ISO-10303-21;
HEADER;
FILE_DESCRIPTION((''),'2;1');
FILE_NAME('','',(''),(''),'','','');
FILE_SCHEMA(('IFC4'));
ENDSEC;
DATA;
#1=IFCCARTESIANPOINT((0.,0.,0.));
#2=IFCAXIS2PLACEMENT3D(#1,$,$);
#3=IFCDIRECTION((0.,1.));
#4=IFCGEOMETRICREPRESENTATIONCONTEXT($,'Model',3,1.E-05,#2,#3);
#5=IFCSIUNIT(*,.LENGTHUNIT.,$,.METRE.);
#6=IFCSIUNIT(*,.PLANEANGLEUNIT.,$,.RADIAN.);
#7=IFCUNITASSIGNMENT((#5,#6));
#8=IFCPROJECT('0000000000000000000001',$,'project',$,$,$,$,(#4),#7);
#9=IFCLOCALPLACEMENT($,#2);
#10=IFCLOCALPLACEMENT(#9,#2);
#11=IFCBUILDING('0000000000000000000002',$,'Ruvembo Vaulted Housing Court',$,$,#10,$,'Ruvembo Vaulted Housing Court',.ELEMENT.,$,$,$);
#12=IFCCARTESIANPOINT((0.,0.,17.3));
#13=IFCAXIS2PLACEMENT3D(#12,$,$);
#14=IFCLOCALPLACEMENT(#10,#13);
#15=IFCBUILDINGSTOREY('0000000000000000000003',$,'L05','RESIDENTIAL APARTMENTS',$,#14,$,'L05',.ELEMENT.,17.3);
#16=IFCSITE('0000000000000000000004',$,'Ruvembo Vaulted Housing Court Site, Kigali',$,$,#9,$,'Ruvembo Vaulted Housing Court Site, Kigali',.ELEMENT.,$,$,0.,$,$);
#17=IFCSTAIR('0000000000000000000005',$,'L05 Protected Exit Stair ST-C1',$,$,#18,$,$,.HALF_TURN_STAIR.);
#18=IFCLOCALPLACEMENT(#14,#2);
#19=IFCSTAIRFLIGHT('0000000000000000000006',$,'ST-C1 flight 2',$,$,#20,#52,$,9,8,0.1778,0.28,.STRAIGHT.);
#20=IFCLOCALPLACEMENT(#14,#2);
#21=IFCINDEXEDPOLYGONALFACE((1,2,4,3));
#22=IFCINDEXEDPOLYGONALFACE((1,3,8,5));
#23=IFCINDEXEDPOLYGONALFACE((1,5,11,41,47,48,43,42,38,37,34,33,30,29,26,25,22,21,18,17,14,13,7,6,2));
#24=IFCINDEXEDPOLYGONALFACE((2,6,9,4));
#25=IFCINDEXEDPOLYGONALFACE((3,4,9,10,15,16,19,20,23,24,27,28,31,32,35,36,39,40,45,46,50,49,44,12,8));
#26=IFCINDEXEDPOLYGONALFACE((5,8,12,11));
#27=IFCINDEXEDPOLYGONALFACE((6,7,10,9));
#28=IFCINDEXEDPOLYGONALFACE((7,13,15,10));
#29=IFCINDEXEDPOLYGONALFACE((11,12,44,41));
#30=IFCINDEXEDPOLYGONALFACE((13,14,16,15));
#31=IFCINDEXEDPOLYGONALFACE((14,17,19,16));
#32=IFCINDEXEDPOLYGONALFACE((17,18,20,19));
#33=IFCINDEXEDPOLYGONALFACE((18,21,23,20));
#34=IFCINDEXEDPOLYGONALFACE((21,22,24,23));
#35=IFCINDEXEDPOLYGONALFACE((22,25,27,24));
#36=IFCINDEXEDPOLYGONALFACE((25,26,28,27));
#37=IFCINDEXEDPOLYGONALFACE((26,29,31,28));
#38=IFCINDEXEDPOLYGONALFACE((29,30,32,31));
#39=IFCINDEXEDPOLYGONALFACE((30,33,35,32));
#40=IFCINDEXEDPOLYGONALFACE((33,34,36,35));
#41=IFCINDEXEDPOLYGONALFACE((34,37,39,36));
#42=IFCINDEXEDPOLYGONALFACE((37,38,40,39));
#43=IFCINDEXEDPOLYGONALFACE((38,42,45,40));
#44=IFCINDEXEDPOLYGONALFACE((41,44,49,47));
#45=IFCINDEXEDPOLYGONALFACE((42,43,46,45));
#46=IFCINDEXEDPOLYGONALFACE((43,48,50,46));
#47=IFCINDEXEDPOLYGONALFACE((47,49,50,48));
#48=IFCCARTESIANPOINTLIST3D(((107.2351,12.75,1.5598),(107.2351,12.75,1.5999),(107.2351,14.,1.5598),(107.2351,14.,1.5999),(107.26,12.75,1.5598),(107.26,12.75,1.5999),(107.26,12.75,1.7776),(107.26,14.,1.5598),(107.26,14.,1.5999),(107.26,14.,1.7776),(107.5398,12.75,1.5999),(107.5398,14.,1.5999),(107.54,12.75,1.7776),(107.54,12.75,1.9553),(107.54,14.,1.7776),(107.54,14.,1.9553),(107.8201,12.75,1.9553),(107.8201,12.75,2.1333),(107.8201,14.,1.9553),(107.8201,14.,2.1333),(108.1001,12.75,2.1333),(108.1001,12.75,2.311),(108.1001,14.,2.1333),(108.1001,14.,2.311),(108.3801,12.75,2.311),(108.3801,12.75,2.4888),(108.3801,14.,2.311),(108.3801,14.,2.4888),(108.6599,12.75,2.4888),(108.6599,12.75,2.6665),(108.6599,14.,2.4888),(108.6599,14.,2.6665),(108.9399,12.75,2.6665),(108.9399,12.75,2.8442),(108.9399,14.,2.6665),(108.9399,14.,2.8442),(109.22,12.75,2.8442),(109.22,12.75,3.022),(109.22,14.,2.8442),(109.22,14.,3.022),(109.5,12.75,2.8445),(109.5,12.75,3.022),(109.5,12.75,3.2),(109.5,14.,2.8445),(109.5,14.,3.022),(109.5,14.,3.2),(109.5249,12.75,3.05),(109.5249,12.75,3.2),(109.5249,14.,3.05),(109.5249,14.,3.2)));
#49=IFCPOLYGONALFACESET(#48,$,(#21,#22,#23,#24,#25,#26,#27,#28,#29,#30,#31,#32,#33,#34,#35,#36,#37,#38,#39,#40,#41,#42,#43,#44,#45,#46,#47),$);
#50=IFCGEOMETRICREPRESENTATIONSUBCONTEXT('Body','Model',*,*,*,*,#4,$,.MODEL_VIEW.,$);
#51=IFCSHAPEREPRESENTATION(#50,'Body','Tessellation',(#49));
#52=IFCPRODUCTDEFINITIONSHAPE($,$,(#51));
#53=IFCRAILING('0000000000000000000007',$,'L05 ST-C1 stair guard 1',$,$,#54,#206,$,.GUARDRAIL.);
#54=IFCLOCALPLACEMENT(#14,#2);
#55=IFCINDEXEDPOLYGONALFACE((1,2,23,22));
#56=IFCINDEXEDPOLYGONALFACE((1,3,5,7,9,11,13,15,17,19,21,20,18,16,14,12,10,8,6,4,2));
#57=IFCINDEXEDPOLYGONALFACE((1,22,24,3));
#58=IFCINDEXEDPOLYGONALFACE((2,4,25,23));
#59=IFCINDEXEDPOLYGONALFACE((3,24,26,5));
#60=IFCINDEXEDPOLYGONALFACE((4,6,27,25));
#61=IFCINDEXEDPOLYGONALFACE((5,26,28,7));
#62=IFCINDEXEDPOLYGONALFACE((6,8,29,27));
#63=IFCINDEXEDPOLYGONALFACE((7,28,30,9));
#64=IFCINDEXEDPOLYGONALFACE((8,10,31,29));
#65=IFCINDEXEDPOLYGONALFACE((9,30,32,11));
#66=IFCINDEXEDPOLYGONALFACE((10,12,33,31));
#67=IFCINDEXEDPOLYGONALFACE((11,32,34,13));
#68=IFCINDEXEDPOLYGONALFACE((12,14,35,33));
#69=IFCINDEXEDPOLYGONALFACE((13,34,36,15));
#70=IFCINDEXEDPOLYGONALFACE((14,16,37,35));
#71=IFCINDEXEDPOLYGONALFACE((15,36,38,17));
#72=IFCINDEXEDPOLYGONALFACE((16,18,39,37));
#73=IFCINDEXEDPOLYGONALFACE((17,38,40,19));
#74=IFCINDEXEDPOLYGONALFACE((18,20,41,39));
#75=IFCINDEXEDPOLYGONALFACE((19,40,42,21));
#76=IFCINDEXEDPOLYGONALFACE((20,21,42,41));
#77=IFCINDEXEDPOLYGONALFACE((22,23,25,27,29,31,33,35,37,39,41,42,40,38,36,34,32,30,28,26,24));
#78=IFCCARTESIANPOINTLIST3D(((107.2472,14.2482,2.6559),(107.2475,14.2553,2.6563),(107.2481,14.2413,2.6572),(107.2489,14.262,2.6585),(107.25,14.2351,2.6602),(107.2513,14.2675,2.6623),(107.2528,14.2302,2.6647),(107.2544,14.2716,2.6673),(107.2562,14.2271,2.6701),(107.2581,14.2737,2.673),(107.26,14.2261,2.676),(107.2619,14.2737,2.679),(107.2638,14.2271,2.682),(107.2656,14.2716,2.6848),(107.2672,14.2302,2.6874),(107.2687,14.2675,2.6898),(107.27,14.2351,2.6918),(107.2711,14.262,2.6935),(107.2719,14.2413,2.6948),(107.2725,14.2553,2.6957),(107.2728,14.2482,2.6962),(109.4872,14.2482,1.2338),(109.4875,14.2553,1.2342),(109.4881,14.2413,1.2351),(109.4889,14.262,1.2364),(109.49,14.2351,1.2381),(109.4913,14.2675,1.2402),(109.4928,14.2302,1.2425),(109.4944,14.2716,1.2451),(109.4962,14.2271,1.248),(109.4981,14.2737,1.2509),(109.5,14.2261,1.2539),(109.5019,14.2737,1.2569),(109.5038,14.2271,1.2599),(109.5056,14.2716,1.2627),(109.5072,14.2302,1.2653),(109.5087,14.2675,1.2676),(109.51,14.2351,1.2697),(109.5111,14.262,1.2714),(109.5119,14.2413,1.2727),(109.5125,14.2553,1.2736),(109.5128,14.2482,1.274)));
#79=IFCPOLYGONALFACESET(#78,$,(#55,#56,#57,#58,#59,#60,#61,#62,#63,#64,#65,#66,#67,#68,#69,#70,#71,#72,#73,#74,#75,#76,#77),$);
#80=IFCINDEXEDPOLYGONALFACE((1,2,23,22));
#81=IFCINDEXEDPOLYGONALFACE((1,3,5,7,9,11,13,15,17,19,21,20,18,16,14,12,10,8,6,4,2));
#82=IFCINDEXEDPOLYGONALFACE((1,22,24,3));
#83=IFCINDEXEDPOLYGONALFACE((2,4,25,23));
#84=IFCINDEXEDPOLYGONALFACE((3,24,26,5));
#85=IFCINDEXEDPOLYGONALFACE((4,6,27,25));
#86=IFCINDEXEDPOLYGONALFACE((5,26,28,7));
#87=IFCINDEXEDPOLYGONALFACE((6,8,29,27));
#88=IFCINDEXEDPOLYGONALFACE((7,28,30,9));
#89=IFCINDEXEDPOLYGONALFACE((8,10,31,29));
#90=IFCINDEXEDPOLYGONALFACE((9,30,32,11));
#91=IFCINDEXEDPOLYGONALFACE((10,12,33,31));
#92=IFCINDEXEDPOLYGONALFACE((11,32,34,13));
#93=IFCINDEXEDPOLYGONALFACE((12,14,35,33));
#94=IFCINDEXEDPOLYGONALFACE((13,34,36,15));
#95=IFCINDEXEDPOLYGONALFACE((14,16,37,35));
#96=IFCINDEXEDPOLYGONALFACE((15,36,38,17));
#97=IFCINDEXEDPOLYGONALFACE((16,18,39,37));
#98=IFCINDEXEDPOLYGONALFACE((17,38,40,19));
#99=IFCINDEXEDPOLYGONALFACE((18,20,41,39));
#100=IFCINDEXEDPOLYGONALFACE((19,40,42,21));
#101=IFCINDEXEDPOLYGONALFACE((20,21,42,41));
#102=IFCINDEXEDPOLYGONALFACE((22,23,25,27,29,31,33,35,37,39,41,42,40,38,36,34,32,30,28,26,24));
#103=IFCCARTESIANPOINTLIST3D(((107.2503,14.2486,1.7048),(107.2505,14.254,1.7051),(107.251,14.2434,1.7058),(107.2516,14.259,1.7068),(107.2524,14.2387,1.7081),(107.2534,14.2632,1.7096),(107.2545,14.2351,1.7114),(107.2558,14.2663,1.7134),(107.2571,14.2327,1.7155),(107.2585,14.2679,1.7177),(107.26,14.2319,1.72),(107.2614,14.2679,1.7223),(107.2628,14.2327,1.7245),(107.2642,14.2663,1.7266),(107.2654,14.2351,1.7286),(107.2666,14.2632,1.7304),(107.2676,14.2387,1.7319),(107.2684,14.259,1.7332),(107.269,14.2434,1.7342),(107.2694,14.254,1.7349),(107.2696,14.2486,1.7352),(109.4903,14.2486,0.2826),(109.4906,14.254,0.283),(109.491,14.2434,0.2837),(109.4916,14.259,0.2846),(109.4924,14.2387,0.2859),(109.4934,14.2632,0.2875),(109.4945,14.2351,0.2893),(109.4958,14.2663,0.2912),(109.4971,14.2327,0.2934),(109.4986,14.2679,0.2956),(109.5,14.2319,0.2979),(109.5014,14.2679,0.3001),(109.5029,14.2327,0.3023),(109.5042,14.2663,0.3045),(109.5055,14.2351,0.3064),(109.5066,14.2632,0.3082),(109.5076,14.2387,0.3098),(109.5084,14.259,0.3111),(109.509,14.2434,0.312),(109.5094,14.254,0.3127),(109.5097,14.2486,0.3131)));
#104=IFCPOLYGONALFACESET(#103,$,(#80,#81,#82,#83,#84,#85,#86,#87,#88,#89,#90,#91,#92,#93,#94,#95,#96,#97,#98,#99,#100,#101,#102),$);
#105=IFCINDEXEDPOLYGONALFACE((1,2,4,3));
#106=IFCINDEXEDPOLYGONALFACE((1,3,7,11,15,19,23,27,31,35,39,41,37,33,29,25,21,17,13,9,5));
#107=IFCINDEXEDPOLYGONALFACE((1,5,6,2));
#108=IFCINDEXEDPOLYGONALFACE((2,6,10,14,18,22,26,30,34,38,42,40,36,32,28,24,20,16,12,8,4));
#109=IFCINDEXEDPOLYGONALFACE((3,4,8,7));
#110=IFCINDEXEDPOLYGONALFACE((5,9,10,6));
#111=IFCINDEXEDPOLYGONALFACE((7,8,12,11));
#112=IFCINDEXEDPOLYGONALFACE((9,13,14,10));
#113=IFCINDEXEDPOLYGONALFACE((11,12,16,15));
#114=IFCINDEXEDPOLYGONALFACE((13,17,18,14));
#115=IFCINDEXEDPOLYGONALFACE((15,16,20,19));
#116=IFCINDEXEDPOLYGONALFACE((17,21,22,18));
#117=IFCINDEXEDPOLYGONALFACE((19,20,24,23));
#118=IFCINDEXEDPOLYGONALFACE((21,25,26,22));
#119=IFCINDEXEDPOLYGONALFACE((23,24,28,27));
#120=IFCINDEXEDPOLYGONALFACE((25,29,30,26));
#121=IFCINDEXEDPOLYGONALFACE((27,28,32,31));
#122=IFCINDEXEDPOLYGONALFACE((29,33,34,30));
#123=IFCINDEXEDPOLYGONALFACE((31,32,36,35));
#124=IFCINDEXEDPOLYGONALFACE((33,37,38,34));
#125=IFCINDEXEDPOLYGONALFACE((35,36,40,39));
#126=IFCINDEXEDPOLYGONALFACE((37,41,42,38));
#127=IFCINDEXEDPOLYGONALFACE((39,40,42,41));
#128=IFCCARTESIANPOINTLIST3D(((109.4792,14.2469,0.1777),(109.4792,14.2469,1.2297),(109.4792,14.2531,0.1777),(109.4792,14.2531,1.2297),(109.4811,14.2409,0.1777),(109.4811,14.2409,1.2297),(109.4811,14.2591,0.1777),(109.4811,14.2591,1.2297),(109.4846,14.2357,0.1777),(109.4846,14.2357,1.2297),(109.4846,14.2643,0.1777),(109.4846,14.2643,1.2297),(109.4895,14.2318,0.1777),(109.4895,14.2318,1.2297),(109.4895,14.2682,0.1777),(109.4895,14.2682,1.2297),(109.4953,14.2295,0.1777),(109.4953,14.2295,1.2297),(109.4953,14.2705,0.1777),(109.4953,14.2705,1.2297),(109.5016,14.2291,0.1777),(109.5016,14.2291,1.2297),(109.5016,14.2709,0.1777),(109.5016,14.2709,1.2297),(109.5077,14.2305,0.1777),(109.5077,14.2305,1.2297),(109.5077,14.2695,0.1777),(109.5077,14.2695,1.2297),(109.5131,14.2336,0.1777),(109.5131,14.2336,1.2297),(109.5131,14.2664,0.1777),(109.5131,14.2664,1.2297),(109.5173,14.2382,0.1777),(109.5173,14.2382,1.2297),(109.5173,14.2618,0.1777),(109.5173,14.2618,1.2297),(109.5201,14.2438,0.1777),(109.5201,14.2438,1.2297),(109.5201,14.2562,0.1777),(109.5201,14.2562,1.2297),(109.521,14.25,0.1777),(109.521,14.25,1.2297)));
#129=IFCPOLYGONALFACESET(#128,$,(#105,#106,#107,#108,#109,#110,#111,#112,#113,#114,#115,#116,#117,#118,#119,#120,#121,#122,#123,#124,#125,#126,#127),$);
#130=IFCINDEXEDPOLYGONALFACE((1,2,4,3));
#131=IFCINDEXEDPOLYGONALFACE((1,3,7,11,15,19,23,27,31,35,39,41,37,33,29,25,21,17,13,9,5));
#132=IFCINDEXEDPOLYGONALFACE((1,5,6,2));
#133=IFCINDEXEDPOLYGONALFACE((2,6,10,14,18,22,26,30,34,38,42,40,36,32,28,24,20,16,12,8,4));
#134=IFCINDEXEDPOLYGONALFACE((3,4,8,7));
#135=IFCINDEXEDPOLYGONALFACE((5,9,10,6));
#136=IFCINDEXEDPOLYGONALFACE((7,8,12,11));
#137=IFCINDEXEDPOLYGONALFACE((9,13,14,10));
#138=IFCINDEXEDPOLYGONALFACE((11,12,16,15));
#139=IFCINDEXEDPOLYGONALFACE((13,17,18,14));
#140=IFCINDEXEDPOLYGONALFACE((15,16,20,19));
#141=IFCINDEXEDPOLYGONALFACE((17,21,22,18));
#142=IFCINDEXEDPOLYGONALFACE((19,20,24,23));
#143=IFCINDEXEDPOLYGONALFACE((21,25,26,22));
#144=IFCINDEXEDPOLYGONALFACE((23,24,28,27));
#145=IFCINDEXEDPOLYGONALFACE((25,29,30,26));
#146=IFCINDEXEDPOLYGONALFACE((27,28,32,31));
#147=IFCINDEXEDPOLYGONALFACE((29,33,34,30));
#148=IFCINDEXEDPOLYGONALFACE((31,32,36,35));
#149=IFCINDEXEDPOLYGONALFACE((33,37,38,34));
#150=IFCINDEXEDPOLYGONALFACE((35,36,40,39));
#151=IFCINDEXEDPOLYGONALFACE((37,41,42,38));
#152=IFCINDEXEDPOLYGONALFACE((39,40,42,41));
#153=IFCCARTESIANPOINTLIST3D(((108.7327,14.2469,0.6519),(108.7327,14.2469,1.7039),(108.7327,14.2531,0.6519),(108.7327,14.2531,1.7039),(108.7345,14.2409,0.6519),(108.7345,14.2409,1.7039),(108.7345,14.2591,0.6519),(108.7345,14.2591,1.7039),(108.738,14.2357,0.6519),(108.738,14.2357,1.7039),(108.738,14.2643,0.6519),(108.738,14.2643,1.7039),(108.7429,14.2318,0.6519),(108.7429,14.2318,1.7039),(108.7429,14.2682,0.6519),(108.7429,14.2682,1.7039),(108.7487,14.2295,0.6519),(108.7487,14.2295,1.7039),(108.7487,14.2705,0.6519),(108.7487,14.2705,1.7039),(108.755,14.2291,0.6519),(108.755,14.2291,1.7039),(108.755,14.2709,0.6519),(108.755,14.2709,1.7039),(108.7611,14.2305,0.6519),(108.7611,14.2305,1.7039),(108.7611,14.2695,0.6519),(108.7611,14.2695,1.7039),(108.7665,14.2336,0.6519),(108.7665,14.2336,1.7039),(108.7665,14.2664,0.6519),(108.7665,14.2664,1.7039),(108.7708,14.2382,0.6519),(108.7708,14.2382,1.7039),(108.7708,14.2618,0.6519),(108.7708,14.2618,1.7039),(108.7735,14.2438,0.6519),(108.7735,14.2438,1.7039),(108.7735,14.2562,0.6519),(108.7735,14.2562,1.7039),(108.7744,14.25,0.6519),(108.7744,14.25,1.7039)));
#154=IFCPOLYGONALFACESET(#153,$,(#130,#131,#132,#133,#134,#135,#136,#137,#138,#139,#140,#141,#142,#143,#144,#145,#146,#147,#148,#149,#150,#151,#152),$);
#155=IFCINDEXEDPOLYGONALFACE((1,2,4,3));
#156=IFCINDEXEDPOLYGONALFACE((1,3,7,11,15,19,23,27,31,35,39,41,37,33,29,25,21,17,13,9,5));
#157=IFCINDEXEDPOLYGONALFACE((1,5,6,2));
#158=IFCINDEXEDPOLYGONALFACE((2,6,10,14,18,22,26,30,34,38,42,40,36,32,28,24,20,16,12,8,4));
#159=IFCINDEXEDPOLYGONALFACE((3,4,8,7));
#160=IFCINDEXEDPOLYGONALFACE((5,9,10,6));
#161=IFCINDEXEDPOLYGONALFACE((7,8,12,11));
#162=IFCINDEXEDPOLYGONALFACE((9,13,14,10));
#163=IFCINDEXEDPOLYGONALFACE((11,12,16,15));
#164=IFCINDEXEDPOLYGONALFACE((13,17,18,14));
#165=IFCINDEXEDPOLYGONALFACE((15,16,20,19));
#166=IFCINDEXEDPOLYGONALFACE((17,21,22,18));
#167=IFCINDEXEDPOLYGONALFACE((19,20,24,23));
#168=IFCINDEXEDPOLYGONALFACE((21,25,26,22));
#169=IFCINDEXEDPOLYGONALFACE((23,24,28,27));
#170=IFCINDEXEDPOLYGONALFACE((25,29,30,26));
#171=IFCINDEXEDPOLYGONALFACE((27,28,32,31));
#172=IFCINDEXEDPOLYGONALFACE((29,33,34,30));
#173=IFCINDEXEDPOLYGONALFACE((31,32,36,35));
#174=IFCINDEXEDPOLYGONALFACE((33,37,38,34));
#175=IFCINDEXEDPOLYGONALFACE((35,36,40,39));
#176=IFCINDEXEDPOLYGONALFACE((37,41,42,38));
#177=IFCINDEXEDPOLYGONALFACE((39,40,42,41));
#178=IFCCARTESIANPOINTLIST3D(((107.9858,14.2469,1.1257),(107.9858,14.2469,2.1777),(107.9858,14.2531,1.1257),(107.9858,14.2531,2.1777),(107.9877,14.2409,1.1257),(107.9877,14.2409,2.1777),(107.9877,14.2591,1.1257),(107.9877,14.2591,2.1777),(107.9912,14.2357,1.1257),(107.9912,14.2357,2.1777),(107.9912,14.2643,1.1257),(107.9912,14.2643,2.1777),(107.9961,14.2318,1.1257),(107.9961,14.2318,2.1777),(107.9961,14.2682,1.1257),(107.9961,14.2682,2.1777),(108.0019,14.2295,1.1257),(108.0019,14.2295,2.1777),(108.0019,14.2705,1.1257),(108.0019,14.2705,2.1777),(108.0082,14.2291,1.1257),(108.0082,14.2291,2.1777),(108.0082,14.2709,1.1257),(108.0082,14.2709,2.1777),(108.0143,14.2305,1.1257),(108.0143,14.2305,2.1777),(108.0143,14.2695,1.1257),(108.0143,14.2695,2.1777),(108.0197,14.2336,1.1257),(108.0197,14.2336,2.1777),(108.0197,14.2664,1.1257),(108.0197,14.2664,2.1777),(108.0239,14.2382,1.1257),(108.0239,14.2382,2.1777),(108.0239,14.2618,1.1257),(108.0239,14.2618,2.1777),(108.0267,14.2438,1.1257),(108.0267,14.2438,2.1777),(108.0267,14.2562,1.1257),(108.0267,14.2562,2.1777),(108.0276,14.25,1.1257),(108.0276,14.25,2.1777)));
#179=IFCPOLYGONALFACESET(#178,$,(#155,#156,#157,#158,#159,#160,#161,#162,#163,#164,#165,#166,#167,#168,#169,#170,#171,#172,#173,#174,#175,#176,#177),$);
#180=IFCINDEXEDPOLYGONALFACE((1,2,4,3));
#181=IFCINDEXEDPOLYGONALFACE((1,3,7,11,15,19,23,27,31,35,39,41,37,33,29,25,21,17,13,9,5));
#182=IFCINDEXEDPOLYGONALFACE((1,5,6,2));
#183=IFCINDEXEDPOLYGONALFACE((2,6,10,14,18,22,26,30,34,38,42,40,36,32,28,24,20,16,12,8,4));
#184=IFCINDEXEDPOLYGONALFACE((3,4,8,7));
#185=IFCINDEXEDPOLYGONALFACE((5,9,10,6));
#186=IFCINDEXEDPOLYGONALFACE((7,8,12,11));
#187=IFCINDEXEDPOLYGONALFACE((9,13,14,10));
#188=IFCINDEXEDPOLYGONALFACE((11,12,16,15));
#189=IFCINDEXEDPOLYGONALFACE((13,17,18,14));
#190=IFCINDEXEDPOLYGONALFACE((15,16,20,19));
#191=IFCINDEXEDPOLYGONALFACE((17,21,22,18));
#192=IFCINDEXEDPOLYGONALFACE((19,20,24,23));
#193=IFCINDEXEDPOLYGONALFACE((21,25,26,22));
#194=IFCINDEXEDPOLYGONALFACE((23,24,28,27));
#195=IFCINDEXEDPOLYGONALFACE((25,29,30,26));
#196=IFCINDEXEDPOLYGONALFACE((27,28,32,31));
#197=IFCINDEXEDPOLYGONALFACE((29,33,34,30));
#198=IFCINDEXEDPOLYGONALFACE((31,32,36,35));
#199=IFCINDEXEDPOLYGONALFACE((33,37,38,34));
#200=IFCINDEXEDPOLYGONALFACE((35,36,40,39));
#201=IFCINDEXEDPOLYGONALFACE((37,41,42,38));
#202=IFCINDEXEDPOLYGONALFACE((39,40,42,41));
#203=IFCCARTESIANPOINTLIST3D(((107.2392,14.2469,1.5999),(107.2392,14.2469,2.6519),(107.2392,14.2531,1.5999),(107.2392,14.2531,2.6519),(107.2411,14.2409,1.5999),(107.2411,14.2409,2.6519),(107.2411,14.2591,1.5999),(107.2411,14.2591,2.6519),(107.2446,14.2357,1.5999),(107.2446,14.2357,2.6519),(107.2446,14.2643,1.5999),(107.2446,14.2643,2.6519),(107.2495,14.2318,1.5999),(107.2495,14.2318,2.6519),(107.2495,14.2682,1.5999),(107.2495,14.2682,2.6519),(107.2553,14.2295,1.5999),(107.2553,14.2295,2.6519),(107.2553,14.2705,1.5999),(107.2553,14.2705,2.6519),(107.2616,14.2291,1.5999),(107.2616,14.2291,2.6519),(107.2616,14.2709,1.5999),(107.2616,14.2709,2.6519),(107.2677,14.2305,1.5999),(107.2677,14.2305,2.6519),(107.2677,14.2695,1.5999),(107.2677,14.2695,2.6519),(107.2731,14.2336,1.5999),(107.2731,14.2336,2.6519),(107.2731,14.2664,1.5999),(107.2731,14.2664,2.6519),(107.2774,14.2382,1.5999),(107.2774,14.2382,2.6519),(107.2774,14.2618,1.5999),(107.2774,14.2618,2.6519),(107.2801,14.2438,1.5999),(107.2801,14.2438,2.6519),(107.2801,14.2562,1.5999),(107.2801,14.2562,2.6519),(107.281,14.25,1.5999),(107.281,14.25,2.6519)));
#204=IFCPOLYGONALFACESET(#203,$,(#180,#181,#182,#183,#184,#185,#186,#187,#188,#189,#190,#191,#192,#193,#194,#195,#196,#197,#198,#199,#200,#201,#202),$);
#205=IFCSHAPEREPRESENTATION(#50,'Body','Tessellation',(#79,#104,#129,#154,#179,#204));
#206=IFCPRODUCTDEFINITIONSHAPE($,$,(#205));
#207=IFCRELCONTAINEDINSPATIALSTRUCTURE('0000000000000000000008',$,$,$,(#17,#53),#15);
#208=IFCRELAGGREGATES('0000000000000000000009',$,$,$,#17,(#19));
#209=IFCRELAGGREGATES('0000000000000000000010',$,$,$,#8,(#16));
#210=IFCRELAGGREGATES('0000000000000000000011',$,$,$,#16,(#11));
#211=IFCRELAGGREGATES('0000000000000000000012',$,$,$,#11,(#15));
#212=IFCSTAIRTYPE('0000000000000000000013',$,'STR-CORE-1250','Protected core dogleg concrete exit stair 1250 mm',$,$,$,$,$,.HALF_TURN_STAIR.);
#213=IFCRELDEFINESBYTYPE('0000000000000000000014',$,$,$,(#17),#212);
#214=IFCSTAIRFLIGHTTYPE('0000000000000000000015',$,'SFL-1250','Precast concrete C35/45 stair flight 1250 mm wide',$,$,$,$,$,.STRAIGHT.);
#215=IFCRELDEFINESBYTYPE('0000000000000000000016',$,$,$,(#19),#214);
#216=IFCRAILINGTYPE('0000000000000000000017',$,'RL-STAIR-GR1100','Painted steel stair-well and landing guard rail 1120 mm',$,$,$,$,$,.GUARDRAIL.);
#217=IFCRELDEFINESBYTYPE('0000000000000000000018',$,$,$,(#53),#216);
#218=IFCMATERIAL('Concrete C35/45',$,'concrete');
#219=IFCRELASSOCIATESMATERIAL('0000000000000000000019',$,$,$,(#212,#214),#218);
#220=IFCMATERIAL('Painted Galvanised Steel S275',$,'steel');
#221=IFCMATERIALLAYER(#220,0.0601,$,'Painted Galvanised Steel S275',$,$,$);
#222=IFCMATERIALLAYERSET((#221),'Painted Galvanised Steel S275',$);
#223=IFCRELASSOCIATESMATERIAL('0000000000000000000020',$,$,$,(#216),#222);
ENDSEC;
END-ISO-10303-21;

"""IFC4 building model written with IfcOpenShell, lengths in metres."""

from ifc_helpers import new_model, si_unit, direction, frame, origin, origin_2d, place, context, subcontext, project, spatial, polyline, circle, outline, extrude, material, layer, layer_set, type_object, element, aggregate, save


model = new_model("IFC4")

# Units and contexts
model_context = context("Model", 3, precision=1e-05, world=origin(), true_north=direction((0.0, 1.0)))
body_context = subcontext(model_context, "Body", "Model", "MODEL_VIEW")
ifc_project = project(units=[si_unit("LENGTHUNIT", "METRE"), si_unit("PLANEANGLEUNIT", "RADIAN")], contexts=[model_context])

# Site, building, storey
site_placement = place(None, origin())
site = spatial("IfcSite", under=ifc_project, at=site_placement, Name="Ruvembo Vaulted Housing Court Site, Kigali", LongName="Ruvembo Vaulted Housing Court Site, Kigali", CompositionType="ELEMENT", RefElevation=0.0)
building_placement = place(site_placement, origin())
building = spatial("IfcBuilding", under=site, at=building_placement, Name="Ruvembo Vaulted Housing Court", LongName="Ruvembo Vaulted Housing Court", CompositionType="ELEMENT")
storey_placement = place(building_placement, frame((0.0, 0.0, 17.3)))
storey = spatial("IfcBuildingStorey", under=building, at=storey_placement, Name="L05", Description="RESIDENTIAL APARTMENTS", LongName="L05", CompositionType="ELEMENT", Elevation=17.3)

# Shared definitions
ifc_material_1 = material(Name="Concrete C35/45", Category="concrete")

# Stair, stair flight
stair_type = type_object("IfcStairType", Name="STR-CORE-1250", Description="Protected core dogleg concrete exit stair 1250 mm", PredefinedType="HALF_TURN_STAIR", material=ifc_material_1)
stair_placement = place(storey_placement, origin())
stair = element("IfcStair", 1, at=stair_placement, inside=storey, type_object=stair_type, Name="L05 Protected Exit Stair ST-C1", PredefinedType="HALF_TURN_STAIR")
stair_flight_type = type_object("IfcStairFlightType", Name="SFL-1250", Description="Precast concrete C35/45 stair flight 1250 mm wide", PredefinedType="STRAIGHT", material=ifc_material_1)
stair_flight_1_placement = place(storey_placement, frame((107.26, 13.375, 1.5999), z_axis=(0.0, 0.0, 1.0), x_axis=(1.0, 0.0, 0.0)))
stair_flight_1 = element("IfcStairFlight", 2, at=stair_flight_1_placement, type_object=stair_flight_type, Name="ST-C1 flight 2", NumberOfRisers=9, NumberOfTreads=8, PredefinedType="STRAIGHT", RiserHeight=0.1778, TreadLength=0.28, context=body_context, shape_type="SweptSolid", body=[
    extrude(outline(polyline([(-0.0249, -0.04), (-0.0249, 0.0), (0.0, 0.0), (0.0, 0.1777), (0.28, 0.1777), (0.28, 0.3555), (0.5601, 0.3555), (0.5601, 0.5334), (0.8401, 0.5334), (0.8401, 0.7112), (1.1201, 0.7112), (1.1201, 0.8889), (1.3999, 0.8889), (1.3999, 1.0667), (1.6799, 1.0667), (1.6799, 1.2444), (1.96, 1.2444), (1.96, 1.4221), (2.24, 1.4221), (2.24, 1.6001), (2.2649, 1.6001), (2.2649, 1.4502), (2.24, 1.2446), (0.2798, 0.0), (0.0, -0.04), (-0.0249, -0.04)])), frame((0.0, 0.625, 0.0), z_axis=(0.0, -1.0, 0.0), x_axis=(1.0, 0.0, 0.0)), (0.0, 0.0, 1.0), 1.25),
])
aggregate(stair, [stair_flight_1])

# Railing
ifc_material_2 = material(Name="Painted Galvanised Steel S275", Category="steel")
ifc_layer_1 = layer(ifc_material_2, 0.0601, Name="Painted Galvanised Steel S275")
ifc_layer_set_1 = layer_set([ifc_layer_1], Name="Painted Galvanised Steel S275")
railing_type_1 = type_object("IfcRailingType", Name="RL-STAIR-GR1100", Description="Painted steel stair-well and landing guard rail 1120 mm", PredefinedType="GUARDRAIL", material=ifc_layer_set_1)
railing_1_placement = place(storey_placement, frame((109.5, 14.25, 0.1777)))
element("IfcRailing", 3, at=railing_1_placement, inside=storey, type_object=railing_type_1, Name="L05 ST-C1 stair guard 1", PredefinedType="GUARDRAIL", context=body_context, shape_type="SweptSolid", body=[
    extrude(circle(Radius=0.0239, at=origin_2d()), frame((0.0, 0.0, 1.0762), z_axis=(-0.844229, 0.0, 0.535982), x_axis=(0.0, -1.0, 0.0)), (0.0, 0.0, 1.0), 2.6533),
    extrude(circle(Radius=0.0181, at=origin_2d()), frame((0.0, 0.0, 0.1201), z_axis=(-0.844229, 0.0, 0.535982), x_axis=(0.0, -1.0, 0.0)), (0.0, 0.0, 1.0), 2.6533),
    extrude(circle(Radius=0.021, at=origin_2d()), origin(), (0.0, 0.0, 1.0), 1.052),
    extrude(circle(Radius=0.021, at=origin_2d()), frame((-0.7466, 0.0, 0.4741)), (0.0, 0.0, 1.0), 1.052),
    extrude(circle(Radius=0.021, at=origin_2d()), frame((-1.4934, 0.0, 0.948)), (0.0, 0.0, 1.0), 1.052),
    extrude(circle(Radius=0.021, at=origin_2d()), frame((-2.24, 0.0, 1.4221)), (0.0, 0.0, 1.0), 1.052),
])

save(model, "model.ifc")
